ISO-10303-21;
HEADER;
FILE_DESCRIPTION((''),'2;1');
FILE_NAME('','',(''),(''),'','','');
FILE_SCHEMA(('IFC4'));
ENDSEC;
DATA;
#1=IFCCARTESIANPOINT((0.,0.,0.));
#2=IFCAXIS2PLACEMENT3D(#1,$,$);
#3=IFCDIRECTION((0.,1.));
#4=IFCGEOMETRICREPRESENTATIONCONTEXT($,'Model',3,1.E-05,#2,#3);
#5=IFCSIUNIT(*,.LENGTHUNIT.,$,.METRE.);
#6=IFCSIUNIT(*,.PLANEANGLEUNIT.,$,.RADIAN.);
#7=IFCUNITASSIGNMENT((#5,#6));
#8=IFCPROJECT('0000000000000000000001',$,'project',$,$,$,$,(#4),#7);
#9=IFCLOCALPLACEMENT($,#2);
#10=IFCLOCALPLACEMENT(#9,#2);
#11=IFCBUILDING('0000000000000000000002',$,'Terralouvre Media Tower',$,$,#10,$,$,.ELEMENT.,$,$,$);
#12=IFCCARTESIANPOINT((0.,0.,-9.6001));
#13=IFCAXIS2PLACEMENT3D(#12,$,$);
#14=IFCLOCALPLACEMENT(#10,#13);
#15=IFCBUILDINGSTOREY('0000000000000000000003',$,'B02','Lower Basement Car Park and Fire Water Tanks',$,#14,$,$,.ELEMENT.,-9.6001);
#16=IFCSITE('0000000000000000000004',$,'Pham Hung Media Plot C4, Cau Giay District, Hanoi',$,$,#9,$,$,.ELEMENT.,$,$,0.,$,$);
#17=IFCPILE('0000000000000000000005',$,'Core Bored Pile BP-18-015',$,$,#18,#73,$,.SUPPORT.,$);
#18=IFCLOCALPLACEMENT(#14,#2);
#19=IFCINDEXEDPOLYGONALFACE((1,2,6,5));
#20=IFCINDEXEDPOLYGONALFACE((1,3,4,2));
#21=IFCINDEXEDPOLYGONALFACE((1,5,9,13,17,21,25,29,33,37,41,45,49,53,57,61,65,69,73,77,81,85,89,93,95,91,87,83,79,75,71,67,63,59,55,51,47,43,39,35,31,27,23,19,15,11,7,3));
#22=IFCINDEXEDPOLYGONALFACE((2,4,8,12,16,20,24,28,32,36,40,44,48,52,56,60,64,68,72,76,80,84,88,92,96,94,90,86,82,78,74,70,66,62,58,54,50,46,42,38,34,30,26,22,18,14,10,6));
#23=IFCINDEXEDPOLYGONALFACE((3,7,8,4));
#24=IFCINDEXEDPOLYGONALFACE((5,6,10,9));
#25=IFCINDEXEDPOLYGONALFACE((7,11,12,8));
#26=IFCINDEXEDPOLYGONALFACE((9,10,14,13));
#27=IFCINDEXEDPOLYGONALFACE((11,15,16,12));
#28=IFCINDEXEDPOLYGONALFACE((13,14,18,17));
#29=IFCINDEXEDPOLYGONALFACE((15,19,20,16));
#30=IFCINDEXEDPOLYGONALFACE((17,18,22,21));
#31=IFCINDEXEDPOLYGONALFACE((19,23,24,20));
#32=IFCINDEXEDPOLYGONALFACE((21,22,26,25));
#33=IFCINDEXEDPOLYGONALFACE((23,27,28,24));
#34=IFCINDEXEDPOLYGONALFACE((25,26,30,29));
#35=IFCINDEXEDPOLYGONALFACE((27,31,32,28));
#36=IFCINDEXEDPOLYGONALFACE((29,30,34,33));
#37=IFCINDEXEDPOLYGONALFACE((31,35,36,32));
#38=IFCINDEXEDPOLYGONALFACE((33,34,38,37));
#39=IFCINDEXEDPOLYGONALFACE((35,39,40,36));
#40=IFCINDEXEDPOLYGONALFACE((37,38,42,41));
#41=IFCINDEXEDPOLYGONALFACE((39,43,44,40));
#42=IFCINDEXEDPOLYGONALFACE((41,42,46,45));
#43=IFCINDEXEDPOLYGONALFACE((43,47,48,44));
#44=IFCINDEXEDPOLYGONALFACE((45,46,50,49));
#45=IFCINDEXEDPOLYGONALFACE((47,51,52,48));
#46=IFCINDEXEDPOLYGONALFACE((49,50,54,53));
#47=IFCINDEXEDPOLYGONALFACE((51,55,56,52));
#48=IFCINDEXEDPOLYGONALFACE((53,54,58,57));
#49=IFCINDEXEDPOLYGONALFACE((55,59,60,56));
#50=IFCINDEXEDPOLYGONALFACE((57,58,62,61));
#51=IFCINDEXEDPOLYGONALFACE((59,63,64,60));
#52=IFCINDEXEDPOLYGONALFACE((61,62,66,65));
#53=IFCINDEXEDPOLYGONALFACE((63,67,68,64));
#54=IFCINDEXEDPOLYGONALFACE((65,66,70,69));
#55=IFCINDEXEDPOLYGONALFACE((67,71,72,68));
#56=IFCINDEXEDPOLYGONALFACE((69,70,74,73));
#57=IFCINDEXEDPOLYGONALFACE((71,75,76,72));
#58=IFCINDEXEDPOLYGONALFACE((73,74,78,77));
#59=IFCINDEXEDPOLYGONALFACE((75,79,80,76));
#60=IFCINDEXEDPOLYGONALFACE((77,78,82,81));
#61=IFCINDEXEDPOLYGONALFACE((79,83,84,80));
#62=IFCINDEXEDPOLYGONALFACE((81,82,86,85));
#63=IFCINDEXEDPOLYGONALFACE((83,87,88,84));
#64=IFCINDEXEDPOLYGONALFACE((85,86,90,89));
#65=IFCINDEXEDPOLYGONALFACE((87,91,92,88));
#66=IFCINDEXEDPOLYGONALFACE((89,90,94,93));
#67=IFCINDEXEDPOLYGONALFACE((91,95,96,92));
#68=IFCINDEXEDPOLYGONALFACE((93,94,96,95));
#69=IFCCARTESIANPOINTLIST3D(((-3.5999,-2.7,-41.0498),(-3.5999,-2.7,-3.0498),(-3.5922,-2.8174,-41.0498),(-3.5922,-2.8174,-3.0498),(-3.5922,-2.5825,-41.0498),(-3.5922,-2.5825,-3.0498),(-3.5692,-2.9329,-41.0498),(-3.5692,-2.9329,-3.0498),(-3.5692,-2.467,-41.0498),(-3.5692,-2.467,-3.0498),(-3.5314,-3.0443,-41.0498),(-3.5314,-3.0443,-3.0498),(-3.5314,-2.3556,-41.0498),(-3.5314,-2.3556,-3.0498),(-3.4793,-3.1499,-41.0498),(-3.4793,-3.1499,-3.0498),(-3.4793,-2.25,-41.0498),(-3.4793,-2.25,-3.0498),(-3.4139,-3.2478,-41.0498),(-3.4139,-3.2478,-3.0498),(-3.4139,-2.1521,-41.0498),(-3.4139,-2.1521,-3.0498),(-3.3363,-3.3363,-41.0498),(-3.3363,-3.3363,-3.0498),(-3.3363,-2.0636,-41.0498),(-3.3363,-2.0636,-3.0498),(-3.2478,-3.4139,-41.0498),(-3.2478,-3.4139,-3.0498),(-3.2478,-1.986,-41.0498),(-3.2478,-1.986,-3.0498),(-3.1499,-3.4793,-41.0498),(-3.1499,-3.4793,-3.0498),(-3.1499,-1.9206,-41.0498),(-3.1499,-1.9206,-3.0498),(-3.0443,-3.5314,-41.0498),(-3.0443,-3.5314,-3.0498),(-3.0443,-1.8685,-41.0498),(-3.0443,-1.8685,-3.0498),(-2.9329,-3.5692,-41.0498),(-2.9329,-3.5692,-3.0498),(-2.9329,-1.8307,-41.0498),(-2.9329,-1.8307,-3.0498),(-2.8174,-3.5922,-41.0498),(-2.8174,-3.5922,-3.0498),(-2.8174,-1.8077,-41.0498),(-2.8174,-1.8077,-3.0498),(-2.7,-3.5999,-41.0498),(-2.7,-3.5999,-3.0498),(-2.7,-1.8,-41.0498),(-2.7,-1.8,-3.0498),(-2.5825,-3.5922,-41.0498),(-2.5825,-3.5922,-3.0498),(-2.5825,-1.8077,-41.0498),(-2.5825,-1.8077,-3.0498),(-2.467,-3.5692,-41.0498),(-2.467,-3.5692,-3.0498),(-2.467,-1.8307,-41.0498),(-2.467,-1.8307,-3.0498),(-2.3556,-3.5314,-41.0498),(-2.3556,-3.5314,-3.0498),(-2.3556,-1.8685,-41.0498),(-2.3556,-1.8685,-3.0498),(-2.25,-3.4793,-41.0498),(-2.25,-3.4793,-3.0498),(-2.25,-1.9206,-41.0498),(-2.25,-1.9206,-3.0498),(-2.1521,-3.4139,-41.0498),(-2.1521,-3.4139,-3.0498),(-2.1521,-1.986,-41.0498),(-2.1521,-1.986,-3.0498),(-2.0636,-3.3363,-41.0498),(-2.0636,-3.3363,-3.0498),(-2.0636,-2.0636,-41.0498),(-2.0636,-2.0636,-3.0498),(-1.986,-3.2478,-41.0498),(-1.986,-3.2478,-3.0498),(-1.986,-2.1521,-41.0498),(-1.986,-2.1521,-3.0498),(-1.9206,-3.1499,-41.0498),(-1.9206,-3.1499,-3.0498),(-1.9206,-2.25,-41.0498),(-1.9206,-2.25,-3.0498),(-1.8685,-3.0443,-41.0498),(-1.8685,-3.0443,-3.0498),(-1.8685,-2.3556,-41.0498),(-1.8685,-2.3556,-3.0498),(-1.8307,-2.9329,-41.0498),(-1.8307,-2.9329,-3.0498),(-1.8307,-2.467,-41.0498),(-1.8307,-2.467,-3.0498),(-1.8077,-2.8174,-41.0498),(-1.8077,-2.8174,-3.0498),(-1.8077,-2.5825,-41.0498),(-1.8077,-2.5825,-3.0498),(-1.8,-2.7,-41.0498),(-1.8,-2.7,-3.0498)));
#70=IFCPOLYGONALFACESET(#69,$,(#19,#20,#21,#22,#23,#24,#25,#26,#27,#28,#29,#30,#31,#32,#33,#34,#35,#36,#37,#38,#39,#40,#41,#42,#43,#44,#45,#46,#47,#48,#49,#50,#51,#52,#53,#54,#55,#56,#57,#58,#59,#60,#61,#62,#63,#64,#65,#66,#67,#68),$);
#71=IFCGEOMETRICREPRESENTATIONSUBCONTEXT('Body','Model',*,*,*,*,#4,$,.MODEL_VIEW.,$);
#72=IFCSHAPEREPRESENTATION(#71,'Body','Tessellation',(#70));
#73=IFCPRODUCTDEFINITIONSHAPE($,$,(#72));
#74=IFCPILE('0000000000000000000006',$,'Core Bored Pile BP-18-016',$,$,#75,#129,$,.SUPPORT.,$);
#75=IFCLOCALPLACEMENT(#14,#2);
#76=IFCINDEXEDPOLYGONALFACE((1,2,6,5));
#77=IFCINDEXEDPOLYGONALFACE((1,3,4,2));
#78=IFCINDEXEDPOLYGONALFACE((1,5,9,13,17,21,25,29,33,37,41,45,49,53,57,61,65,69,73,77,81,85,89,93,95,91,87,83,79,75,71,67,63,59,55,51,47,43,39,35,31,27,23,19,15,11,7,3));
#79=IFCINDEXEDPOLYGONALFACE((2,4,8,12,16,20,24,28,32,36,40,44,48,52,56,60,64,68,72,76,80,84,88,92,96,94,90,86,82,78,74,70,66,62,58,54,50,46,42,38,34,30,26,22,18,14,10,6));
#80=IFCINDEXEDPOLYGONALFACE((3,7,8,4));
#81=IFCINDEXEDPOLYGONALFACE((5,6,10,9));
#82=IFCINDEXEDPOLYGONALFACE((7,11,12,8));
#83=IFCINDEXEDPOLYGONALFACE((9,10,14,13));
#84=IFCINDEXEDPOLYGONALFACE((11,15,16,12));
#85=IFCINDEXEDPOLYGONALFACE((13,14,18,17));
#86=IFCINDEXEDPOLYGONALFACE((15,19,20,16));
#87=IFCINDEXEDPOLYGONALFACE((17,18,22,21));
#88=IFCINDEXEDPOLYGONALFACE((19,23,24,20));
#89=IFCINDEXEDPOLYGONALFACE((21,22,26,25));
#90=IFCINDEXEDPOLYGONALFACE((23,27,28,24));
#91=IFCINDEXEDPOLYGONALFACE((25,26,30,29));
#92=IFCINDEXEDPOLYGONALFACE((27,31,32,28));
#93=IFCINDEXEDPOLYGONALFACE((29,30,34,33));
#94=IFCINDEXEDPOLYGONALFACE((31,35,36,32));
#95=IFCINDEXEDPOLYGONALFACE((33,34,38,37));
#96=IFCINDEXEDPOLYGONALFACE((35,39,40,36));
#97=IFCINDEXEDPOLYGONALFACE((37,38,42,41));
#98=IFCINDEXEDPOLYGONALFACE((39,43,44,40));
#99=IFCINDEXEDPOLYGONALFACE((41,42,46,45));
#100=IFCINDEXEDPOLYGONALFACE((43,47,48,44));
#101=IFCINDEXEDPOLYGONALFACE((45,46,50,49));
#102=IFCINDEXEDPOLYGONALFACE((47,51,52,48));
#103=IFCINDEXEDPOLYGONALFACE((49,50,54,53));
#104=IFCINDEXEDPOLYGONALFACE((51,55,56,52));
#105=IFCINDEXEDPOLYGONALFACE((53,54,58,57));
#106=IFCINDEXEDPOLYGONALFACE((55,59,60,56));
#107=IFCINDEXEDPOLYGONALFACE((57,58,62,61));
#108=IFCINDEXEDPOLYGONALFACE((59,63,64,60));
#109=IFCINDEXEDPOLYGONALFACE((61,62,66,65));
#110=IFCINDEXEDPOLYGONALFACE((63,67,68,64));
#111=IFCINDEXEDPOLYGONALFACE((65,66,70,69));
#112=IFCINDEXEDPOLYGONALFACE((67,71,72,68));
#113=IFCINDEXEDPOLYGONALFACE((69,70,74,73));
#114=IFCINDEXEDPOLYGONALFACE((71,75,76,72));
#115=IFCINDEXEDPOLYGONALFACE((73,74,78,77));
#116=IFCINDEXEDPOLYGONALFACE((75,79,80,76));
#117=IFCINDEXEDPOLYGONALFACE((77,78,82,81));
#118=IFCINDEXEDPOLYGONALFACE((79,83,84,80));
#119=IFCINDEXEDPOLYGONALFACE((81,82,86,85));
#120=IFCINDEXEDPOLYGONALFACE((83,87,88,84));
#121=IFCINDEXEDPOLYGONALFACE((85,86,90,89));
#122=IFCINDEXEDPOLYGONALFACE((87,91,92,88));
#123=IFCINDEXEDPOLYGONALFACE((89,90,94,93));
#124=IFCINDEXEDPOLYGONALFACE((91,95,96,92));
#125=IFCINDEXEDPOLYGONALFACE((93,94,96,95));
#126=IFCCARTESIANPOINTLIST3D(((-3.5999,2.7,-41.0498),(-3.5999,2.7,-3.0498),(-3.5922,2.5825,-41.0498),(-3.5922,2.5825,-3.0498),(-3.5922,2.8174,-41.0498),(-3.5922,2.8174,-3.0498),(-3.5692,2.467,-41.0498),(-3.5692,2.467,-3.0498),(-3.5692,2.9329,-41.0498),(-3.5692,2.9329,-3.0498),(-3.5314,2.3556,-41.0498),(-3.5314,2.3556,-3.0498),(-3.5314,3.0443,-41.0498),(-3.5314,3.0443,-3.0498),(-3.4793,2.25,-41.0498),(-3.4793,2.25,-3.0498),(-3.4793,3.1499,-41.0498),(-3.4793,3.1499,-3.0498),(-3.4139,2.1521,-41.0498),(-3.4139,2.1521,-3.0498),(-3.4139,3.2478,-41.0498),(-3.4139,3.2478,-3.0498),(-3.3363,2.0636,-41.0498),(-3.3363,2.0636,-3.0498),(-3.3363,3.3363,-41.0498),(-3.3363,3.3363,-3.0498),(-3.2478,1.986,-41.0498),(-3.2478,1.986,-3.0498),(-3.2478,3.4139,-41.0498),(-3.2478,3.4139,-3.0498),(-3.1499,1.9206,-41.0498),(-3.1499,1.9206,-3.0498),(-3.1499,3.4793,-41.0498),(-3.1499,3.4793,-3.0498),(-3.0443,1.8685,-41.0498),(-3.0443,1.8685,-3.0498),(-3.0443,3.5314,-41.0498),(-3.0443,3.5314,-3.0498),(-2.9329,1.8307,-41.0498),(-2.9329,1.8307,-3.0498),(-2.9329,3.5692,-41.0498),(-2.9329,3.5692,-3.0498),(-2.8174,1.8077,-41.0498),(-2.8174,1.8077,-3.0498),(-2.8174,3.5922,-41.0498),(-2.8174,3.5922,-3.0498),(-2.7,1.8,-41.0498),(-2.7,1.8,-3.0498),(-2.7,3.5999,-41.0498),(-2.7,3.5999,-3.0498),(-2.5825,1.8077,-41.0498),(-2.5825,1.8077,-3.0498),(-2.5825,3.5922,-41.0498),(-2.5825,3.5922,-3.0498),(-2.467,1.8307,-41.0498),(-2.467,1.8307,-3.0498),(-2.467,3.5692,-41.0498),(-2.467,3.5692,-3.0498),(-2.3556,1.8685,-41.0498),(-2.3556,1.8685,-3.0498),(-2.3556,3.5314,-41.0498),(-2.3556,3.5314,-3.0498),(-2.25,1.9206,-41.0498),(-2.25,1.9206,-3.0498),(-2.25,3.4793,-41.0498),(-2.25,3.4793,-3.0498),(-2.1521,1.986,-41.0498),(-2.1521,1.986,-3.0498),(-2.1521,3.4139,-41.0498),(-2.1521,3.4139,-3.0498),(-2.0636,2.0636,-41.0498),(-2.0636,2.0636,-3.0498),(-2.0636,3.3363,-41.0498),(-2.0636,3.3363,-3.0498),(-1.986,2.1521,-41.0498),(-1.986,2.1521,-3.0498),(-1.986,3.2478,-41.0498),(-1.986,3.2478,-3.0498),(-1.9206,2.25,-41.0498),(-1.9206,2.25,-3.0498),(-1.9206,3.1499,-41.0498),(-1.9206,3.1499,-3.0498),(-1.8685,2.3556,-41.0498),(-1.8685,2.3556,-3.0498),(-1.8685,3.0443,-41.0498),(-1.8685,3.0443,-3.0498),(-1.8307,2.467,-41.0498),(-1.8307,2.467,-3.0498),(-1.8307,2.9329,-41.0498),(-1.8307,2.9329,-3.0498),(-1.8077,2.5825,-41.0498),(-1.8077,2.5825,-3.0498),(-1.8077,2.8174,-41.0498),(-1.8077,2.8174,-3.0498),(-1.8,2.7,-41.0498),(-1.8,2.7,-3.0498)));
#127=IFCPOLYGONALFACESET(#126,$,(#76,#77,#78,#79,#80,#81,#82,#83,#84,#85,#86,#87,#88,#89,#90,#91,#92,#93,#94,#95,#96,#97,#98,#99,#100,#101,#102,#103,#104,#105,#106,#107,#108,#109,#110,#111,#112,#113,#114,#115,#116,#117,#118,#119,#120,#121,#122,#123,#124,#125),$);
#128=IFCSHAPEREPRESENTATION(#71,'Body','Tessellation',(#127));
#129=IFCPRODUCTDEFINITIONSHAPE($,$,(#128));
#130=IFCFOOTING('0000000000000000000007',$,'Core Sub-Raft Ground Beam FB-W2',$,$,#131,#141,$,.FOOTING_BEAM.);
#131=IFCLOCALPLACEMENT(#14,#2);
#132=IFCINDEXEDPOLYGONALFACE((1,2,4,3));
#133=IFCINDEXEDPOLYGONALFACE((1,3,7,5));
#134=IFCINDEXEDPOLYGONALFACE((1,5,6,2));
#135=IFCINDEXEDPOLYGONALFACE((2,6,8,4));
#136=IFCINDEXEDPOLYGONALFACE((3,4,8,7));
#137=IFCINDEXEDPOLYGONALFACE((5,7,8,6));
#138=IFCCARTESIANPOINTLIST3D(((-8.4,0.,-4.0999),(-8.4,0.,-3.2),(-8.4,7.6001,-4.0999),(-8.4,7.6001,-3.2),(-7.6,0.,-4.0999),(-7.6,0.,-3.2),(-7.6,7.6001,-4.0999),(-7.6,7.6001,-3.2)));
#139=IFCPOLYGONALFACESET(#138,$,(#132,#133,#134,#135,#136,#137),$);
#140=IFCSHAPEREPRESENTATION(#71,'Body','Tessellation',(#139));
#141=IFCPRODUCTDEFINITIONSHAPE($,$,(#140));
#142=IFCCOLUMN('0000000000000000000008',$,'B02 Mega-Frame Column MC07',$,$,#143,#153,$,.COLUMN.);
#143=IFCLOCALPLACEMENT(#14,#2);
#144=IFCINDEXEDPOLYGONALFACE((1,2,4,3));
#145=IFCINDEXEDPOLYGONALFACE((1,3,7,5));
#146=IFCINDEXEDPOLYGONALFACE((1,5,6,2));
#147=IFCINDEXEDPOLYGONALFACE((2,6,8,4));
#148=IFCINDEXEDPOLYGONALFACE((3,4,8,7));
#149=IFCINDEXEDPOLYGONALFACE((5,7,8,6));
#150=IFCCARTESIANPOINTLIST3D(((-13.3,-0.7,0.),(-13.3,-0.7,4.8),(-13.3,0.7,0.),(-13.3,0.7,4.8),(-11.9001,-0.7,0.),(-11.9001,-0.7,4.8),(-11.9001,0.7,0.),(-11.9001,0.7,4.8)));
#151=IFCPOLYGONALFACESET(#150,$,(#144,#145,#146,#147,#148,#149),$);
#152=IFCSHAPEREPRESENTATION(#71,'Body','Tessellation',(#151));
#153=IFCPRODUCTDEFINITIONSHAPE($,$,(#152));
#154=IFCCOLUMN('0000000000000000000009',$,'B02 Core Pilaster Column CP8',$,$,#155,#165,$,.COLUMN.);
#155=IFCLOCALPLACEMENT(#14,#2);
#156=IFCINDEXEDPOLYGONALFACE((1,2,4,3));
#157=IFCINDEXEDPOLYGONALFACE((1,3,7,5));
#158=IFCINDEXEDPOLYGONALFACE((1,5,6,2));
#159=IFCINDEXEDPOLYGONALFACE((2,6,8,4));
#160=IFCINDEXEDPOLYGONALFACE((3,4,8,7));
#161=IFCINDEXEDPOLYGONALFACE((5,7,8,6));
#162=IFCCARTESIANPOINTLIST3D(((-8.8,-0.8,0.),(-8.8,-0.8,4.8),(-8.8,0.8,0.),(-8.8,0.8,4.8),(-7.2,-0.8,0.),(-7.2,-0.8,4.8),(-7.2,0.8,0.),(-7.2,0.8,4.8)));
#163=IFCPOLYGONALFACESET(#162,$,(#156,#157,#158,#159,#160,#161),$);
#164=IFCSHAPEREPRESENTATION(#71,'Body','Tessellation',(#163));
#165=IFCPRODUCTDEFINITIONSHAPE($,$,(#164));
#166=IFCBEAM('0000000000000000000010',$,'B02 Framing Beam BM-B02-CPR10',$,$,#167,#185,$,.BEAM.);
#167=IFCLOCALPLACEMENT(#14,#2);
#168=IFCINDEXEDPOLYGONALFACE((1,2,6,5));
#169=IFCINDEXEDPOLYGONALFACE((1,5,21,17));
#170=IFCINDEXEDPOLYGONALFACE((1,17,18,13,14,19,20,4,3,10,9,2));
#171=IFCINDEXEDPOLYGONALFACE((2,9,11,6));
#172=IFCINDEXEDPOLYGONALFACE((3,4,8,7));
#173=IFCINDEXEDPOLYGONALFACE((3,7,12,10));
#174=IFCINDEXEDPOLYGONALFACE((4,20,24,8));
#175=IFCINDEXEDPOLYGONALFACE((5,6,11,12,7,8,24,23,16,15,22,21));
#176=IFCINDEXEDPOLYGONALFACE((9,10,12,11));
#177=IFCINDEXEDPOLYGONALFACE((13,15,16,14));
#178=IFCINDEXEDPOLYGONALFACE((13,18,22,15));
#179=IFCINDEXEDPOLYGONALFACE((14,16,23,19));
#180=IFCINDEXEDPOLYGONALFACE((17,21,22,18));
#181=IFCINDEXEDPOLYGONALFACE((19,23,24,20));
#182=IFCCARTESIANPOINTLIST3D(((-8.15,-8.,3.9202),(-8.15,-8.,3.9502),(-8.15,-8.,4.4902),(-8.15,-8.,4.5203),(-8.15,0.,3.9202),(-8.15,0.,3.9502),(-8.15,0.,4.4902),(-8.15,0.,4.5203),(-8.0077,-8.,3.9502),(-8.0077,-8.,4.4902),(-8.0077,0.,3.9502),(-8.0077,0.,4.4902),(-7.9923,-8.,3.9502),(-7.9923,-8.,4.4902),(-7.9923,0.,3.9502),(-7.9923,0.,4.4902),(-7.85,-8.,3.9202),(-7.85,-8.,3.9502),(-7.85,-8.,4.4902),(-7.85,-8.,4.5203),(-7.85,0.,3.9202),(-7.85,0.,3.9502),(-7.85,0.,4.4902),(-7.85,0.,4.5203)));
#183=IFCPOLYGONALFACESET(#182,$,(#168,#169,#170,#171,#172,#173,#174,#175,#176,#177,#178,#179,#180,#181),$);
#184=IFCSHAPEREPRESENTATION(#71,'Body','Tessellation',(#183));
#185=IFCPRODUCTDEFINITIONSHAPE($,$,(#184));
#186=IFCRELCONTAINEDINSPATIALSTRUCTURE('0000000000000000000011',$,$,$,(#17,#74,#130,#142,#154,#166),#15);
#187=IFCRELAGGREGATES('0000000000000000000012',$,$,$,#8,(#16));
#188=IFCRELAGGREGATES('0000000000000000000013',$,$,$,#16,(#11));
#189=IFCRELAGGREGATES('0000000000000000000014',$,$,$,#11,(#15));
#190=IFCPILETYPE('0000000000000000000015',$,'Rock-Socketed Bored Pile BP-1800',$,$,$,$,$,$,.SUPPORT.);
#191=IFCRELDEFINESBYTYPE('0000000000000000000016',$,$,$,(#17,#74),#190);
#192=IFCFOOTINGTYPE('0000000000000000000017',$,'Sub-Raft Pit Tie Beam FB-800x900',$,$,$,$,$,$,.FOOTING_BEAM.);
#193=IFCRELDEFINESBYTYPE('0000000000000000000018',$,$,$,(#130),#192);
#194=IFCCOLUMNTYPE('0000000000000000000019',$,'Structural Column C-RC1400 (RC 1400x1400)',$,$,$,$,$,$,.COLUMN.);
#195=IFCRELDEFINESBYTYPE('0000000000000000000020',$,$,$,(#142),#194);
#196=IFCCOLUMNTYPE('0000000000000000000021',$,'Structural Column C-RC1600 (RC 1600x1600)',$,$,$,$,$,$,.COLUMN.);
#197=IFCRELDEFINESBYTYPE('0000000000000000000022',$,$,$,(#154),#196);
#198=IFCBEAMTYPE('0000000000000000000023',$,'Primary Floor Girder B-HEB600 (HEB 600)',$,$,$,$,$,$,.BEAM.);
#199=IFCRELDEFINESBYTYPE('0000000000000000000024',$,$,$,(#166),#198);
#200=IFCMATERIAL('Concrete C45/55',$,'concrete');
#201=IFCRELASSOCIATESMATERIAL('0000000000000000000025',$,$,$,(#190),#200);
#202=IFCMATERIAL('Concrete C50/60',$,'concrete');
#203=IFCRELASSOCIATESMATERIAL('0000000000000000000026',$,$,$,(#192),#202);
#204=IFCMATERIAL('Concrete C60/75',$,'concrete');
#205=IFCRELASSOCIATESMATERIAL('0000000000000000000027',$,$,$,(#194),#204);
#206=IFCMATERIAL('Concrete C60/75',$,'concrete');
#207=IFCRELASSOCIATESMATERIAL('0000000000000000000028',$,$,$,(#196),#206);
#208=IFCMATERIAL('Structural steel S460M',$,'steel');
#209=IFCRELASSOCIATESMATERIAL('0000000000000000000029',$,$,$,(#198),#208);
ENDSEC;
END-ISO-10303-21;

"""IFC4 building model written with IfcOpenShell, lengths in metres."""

from ifc_helpers import new_model, si_unit, direction, frame, origin, origin_2d, place, context, subcontext, project, spatial, rectangle, circle, i_section, extrude, material, material_profile, profile_set, type_object, element, save


model = new_model("IFC4")

# Units and contexts
model_context = context("Model", 3, precision=1e-05, world=origin(), true_north=direction((0.0, 1.0)))
body_context = subcontext(model_context, "Body", "Model", "MODEL_VIEW")
ifc_project = project(units=[si_unit("LENGTHUNIT", "METRE"), si_unit("PLANEANGLEUNIT", "RADIAN")], contexts=[model_context])

# Site, building, storey
site_placement = place(None, origin())
site = spatial("IfcSite", under=ifc_project, at=site_placement, Name="Pham Hung Media Plot C4, Cau Giay District, Hanoi", CompositionType="ELEMENT", RefElevation=0.0)
building_placement = place(site_placement, origin())
building = spatial("IfcBuilding", under=site, at=building_placement, Name="Terralouvre Media Tower", CompositionType="ELEMENT")
storey_placement = place(building_placement, frame((0.0, 0.0, -9.6001)))
storey = spatial("IfcBuildingStorey", under=building, at=storey_placement, Name="B02", Description="Lower Basement Car Park and Fire Water Tanks", CompositionType="ELEMENT", Elevation=-9.6001)

# Piles
ifc_material_1 = material(Name="Concrete C45/55", Category="concrete")
ifc_material_profile_1 = material_profile(ifc_material_1, circle(Radius=0.8999, at=origin_2d()), Name="BORED PILE 1800")
ifc_profile_set_1 = profile_set([ifc_material_profile_1], Name="Concrete C45/55")
pile_type = type_object("IfcPileType", Name="Rock-Socketed Bored Pile BP-1800", PredefinedType="SUPPORT", material=ifc_profile_set_1)
for number, where, z_axis, x_axis, name in (
    (1, (-2.7, -2.7, -3.0498), (0.0, 0.0, -1.0), (1.0, 0.0, 0.0), "Core Bored Pile BP-18-015"),
    (2, (-2.7, 2.7, -3.0498), (0.0, 0.0, -1.0), (1.0, 0.0, 0.0), "Core Bored Pile BP-18-016"),
):
    element("IfcPile", number, at=place(storey_placement, frame(where, z_axis=z_axis, x_axis=x_axis)), inside=storey, type_object=pile_type, Name=name, PredefinedType="SUPPORT", context=body_context, shape_type="SweptSolid", body=[
        extrude(circle(Radius=0.8999, at=origin_2d()), origin(), (0.0, 0.0, 1.0), 38.0),
    ])

# Footing
ifc_material_2 = material(Name="Concrete C50/60", Category="concrete")
ifc_material_profile_2 = material_profile(ifc_material_2, rectangle(XDim=0.8, YDim=0.8999, at=origin_2d()), Name="FB 800x900")
ifc_profile_set_2 = profile_set([ifc_material_profile_2], Name="Concrete C50/60")
footing_type = type_object("IfcFootingType", Name="Sub-Raft Pit Tie Beam FB-800x900", PredefinedType="FOOTING_BEAM", material=ifc_profile_set_2)
footing_placement = place(storey_placement, frame((-8.0, 0.0, -3.6499), z_axis=(0.0, 1.0, 0.0), x_axis=(-1.0, 0.0, 0.0)))
element("IfcFooting", 3, at=footing_placement, inside=storey, type_object=footing_type, Name="Core Sub-Raft Ground Beam FB-W2", PredefinedType="FOOTING_BEAM", context=body_context, shape_type="SweptSolid", body=[
    extrude(rectangle(XDim=0.8, YDim=0.8999, at=origin_2d()), origin(), (0.0, 0.0, 1.0), 7.6001),
])

# Columns
ifc_material_3 = material(Name="Concrete C60/75", Category="concrete")
ifc_material_profile_3 = material_profile(ifc_material_3, rectangle(XDim=1.3999, YDim=1.3999, at=origin_2d()), Name="RC 1400x1400")
ifc_profile_set_3 = profile_set([ifc_material_profile_3], Name="Concrete C60/75")
column_type_1 = type_object("IfcColumnType", Name="Structural Column C-RC1400 (RC 1400x1400)", PredefinedType="COLUMN", material=ifc_profile_set_3)
column_1_placement = place(storey_placement, frame((-12.6001, 0.0, 0.0), z_axis=(0.0, 0.0, 1.0), x_axis=(1.0, 0.0, 0.0)))
element("IfcColumn", 4, at=column_1_placement, inside=storey, type_object=column_type_1, Name="B02 Mega-Frame Column MC07", PredefinedType="COLUMN", context=body_context, shape_type="SweptSolid", body=[
    extrude(rectangle(XDim=1.3999, YDim=1.3999, at=origin_2d()), origin(), (0.0, 0.0, 1.0), 4.8),
])
ifc_material_4 = material(Name="Concrete C60/75", Category="concrete")
ifc_material_profile_4 = material_profile(ifc_material_4, rectangle(XDim=1.6001, YDim=1.6001, at=origin_2d()), Name="RC 1600x1600")
ifc_profile_set_4 = profile_set([ifc_material_profile_4], Name="Concrete C60/75")
column_type_2 = type_object("IfcColumnType", Name="Structural Column C-RC1600 (RC 1600x1600)", PredefinedType="COLUMN", material=ifc_profile_set_4)
column_2_placement = place(storey_placement, frame((-8.0, 0.0, 0.0), z_axis=(0.0, 0.0, 1.0), x_axis=(1.0, 0.0, 0.0)))
element("IfcColumn", 5, at=column_2_placement, inside=storey, type_object=column_type_2, Name="B02 Core Pilaster Column CP8", PredefinedType="COLUMN", context=body_context, shape_type="SweptSolid", body=[
    extrude(rectangle(XDim=1.6001, YDim=1.6001, at=origin_2d()), origin(), (0.0, 0.0, 1.0), 4.8),
])

# Beam
ifc_material_5 = material(Name="Structural steel S460M", Category="steel")
ifc_material_profile_5 = material_profile(ifc_material_5, i_section(OverallWidth=0.3, OverallDepth=0.6001, WebThickness=0.0154, FlangeThickness=0.03, at=origin_2d()), Name="HEB 600")
ifc_profile_set_5 = profile_set([ifc_material_profile_5], Name="Structural steel S460M")
beam_type_1 = type_object("IfcBeamType", Name="Primary Floor Girder B-HEB600 (HEB 600)", PredefinedType="BEAM", material=ifc_profile_set_5)
beam_1_placement = place(storey_placement, frame((-8.0, 0.0, 4.2202), z_axis=(0.0, -1.0, 0.0), x_axis=(1.0, 0.0, 0.0)))
element("IfcBeam", 6, at=beam_1_placement, inside=storey, type_object=beam_type_1, Name="B02 Framing Beam BM-B02-CPR10", PredefinedType="BEAM", context=body_context, shape_type="SweptSolid", body=[
    extrude(i_section(OverallWidth=0.3, OverallDepth=0.6001, WebThickness=0.0154, FlangeThickness=0.03, at=origin_2d()), origin(), (0.0, 0.0, 1.0), 8.0),
])

save(model, "model.ifc")
